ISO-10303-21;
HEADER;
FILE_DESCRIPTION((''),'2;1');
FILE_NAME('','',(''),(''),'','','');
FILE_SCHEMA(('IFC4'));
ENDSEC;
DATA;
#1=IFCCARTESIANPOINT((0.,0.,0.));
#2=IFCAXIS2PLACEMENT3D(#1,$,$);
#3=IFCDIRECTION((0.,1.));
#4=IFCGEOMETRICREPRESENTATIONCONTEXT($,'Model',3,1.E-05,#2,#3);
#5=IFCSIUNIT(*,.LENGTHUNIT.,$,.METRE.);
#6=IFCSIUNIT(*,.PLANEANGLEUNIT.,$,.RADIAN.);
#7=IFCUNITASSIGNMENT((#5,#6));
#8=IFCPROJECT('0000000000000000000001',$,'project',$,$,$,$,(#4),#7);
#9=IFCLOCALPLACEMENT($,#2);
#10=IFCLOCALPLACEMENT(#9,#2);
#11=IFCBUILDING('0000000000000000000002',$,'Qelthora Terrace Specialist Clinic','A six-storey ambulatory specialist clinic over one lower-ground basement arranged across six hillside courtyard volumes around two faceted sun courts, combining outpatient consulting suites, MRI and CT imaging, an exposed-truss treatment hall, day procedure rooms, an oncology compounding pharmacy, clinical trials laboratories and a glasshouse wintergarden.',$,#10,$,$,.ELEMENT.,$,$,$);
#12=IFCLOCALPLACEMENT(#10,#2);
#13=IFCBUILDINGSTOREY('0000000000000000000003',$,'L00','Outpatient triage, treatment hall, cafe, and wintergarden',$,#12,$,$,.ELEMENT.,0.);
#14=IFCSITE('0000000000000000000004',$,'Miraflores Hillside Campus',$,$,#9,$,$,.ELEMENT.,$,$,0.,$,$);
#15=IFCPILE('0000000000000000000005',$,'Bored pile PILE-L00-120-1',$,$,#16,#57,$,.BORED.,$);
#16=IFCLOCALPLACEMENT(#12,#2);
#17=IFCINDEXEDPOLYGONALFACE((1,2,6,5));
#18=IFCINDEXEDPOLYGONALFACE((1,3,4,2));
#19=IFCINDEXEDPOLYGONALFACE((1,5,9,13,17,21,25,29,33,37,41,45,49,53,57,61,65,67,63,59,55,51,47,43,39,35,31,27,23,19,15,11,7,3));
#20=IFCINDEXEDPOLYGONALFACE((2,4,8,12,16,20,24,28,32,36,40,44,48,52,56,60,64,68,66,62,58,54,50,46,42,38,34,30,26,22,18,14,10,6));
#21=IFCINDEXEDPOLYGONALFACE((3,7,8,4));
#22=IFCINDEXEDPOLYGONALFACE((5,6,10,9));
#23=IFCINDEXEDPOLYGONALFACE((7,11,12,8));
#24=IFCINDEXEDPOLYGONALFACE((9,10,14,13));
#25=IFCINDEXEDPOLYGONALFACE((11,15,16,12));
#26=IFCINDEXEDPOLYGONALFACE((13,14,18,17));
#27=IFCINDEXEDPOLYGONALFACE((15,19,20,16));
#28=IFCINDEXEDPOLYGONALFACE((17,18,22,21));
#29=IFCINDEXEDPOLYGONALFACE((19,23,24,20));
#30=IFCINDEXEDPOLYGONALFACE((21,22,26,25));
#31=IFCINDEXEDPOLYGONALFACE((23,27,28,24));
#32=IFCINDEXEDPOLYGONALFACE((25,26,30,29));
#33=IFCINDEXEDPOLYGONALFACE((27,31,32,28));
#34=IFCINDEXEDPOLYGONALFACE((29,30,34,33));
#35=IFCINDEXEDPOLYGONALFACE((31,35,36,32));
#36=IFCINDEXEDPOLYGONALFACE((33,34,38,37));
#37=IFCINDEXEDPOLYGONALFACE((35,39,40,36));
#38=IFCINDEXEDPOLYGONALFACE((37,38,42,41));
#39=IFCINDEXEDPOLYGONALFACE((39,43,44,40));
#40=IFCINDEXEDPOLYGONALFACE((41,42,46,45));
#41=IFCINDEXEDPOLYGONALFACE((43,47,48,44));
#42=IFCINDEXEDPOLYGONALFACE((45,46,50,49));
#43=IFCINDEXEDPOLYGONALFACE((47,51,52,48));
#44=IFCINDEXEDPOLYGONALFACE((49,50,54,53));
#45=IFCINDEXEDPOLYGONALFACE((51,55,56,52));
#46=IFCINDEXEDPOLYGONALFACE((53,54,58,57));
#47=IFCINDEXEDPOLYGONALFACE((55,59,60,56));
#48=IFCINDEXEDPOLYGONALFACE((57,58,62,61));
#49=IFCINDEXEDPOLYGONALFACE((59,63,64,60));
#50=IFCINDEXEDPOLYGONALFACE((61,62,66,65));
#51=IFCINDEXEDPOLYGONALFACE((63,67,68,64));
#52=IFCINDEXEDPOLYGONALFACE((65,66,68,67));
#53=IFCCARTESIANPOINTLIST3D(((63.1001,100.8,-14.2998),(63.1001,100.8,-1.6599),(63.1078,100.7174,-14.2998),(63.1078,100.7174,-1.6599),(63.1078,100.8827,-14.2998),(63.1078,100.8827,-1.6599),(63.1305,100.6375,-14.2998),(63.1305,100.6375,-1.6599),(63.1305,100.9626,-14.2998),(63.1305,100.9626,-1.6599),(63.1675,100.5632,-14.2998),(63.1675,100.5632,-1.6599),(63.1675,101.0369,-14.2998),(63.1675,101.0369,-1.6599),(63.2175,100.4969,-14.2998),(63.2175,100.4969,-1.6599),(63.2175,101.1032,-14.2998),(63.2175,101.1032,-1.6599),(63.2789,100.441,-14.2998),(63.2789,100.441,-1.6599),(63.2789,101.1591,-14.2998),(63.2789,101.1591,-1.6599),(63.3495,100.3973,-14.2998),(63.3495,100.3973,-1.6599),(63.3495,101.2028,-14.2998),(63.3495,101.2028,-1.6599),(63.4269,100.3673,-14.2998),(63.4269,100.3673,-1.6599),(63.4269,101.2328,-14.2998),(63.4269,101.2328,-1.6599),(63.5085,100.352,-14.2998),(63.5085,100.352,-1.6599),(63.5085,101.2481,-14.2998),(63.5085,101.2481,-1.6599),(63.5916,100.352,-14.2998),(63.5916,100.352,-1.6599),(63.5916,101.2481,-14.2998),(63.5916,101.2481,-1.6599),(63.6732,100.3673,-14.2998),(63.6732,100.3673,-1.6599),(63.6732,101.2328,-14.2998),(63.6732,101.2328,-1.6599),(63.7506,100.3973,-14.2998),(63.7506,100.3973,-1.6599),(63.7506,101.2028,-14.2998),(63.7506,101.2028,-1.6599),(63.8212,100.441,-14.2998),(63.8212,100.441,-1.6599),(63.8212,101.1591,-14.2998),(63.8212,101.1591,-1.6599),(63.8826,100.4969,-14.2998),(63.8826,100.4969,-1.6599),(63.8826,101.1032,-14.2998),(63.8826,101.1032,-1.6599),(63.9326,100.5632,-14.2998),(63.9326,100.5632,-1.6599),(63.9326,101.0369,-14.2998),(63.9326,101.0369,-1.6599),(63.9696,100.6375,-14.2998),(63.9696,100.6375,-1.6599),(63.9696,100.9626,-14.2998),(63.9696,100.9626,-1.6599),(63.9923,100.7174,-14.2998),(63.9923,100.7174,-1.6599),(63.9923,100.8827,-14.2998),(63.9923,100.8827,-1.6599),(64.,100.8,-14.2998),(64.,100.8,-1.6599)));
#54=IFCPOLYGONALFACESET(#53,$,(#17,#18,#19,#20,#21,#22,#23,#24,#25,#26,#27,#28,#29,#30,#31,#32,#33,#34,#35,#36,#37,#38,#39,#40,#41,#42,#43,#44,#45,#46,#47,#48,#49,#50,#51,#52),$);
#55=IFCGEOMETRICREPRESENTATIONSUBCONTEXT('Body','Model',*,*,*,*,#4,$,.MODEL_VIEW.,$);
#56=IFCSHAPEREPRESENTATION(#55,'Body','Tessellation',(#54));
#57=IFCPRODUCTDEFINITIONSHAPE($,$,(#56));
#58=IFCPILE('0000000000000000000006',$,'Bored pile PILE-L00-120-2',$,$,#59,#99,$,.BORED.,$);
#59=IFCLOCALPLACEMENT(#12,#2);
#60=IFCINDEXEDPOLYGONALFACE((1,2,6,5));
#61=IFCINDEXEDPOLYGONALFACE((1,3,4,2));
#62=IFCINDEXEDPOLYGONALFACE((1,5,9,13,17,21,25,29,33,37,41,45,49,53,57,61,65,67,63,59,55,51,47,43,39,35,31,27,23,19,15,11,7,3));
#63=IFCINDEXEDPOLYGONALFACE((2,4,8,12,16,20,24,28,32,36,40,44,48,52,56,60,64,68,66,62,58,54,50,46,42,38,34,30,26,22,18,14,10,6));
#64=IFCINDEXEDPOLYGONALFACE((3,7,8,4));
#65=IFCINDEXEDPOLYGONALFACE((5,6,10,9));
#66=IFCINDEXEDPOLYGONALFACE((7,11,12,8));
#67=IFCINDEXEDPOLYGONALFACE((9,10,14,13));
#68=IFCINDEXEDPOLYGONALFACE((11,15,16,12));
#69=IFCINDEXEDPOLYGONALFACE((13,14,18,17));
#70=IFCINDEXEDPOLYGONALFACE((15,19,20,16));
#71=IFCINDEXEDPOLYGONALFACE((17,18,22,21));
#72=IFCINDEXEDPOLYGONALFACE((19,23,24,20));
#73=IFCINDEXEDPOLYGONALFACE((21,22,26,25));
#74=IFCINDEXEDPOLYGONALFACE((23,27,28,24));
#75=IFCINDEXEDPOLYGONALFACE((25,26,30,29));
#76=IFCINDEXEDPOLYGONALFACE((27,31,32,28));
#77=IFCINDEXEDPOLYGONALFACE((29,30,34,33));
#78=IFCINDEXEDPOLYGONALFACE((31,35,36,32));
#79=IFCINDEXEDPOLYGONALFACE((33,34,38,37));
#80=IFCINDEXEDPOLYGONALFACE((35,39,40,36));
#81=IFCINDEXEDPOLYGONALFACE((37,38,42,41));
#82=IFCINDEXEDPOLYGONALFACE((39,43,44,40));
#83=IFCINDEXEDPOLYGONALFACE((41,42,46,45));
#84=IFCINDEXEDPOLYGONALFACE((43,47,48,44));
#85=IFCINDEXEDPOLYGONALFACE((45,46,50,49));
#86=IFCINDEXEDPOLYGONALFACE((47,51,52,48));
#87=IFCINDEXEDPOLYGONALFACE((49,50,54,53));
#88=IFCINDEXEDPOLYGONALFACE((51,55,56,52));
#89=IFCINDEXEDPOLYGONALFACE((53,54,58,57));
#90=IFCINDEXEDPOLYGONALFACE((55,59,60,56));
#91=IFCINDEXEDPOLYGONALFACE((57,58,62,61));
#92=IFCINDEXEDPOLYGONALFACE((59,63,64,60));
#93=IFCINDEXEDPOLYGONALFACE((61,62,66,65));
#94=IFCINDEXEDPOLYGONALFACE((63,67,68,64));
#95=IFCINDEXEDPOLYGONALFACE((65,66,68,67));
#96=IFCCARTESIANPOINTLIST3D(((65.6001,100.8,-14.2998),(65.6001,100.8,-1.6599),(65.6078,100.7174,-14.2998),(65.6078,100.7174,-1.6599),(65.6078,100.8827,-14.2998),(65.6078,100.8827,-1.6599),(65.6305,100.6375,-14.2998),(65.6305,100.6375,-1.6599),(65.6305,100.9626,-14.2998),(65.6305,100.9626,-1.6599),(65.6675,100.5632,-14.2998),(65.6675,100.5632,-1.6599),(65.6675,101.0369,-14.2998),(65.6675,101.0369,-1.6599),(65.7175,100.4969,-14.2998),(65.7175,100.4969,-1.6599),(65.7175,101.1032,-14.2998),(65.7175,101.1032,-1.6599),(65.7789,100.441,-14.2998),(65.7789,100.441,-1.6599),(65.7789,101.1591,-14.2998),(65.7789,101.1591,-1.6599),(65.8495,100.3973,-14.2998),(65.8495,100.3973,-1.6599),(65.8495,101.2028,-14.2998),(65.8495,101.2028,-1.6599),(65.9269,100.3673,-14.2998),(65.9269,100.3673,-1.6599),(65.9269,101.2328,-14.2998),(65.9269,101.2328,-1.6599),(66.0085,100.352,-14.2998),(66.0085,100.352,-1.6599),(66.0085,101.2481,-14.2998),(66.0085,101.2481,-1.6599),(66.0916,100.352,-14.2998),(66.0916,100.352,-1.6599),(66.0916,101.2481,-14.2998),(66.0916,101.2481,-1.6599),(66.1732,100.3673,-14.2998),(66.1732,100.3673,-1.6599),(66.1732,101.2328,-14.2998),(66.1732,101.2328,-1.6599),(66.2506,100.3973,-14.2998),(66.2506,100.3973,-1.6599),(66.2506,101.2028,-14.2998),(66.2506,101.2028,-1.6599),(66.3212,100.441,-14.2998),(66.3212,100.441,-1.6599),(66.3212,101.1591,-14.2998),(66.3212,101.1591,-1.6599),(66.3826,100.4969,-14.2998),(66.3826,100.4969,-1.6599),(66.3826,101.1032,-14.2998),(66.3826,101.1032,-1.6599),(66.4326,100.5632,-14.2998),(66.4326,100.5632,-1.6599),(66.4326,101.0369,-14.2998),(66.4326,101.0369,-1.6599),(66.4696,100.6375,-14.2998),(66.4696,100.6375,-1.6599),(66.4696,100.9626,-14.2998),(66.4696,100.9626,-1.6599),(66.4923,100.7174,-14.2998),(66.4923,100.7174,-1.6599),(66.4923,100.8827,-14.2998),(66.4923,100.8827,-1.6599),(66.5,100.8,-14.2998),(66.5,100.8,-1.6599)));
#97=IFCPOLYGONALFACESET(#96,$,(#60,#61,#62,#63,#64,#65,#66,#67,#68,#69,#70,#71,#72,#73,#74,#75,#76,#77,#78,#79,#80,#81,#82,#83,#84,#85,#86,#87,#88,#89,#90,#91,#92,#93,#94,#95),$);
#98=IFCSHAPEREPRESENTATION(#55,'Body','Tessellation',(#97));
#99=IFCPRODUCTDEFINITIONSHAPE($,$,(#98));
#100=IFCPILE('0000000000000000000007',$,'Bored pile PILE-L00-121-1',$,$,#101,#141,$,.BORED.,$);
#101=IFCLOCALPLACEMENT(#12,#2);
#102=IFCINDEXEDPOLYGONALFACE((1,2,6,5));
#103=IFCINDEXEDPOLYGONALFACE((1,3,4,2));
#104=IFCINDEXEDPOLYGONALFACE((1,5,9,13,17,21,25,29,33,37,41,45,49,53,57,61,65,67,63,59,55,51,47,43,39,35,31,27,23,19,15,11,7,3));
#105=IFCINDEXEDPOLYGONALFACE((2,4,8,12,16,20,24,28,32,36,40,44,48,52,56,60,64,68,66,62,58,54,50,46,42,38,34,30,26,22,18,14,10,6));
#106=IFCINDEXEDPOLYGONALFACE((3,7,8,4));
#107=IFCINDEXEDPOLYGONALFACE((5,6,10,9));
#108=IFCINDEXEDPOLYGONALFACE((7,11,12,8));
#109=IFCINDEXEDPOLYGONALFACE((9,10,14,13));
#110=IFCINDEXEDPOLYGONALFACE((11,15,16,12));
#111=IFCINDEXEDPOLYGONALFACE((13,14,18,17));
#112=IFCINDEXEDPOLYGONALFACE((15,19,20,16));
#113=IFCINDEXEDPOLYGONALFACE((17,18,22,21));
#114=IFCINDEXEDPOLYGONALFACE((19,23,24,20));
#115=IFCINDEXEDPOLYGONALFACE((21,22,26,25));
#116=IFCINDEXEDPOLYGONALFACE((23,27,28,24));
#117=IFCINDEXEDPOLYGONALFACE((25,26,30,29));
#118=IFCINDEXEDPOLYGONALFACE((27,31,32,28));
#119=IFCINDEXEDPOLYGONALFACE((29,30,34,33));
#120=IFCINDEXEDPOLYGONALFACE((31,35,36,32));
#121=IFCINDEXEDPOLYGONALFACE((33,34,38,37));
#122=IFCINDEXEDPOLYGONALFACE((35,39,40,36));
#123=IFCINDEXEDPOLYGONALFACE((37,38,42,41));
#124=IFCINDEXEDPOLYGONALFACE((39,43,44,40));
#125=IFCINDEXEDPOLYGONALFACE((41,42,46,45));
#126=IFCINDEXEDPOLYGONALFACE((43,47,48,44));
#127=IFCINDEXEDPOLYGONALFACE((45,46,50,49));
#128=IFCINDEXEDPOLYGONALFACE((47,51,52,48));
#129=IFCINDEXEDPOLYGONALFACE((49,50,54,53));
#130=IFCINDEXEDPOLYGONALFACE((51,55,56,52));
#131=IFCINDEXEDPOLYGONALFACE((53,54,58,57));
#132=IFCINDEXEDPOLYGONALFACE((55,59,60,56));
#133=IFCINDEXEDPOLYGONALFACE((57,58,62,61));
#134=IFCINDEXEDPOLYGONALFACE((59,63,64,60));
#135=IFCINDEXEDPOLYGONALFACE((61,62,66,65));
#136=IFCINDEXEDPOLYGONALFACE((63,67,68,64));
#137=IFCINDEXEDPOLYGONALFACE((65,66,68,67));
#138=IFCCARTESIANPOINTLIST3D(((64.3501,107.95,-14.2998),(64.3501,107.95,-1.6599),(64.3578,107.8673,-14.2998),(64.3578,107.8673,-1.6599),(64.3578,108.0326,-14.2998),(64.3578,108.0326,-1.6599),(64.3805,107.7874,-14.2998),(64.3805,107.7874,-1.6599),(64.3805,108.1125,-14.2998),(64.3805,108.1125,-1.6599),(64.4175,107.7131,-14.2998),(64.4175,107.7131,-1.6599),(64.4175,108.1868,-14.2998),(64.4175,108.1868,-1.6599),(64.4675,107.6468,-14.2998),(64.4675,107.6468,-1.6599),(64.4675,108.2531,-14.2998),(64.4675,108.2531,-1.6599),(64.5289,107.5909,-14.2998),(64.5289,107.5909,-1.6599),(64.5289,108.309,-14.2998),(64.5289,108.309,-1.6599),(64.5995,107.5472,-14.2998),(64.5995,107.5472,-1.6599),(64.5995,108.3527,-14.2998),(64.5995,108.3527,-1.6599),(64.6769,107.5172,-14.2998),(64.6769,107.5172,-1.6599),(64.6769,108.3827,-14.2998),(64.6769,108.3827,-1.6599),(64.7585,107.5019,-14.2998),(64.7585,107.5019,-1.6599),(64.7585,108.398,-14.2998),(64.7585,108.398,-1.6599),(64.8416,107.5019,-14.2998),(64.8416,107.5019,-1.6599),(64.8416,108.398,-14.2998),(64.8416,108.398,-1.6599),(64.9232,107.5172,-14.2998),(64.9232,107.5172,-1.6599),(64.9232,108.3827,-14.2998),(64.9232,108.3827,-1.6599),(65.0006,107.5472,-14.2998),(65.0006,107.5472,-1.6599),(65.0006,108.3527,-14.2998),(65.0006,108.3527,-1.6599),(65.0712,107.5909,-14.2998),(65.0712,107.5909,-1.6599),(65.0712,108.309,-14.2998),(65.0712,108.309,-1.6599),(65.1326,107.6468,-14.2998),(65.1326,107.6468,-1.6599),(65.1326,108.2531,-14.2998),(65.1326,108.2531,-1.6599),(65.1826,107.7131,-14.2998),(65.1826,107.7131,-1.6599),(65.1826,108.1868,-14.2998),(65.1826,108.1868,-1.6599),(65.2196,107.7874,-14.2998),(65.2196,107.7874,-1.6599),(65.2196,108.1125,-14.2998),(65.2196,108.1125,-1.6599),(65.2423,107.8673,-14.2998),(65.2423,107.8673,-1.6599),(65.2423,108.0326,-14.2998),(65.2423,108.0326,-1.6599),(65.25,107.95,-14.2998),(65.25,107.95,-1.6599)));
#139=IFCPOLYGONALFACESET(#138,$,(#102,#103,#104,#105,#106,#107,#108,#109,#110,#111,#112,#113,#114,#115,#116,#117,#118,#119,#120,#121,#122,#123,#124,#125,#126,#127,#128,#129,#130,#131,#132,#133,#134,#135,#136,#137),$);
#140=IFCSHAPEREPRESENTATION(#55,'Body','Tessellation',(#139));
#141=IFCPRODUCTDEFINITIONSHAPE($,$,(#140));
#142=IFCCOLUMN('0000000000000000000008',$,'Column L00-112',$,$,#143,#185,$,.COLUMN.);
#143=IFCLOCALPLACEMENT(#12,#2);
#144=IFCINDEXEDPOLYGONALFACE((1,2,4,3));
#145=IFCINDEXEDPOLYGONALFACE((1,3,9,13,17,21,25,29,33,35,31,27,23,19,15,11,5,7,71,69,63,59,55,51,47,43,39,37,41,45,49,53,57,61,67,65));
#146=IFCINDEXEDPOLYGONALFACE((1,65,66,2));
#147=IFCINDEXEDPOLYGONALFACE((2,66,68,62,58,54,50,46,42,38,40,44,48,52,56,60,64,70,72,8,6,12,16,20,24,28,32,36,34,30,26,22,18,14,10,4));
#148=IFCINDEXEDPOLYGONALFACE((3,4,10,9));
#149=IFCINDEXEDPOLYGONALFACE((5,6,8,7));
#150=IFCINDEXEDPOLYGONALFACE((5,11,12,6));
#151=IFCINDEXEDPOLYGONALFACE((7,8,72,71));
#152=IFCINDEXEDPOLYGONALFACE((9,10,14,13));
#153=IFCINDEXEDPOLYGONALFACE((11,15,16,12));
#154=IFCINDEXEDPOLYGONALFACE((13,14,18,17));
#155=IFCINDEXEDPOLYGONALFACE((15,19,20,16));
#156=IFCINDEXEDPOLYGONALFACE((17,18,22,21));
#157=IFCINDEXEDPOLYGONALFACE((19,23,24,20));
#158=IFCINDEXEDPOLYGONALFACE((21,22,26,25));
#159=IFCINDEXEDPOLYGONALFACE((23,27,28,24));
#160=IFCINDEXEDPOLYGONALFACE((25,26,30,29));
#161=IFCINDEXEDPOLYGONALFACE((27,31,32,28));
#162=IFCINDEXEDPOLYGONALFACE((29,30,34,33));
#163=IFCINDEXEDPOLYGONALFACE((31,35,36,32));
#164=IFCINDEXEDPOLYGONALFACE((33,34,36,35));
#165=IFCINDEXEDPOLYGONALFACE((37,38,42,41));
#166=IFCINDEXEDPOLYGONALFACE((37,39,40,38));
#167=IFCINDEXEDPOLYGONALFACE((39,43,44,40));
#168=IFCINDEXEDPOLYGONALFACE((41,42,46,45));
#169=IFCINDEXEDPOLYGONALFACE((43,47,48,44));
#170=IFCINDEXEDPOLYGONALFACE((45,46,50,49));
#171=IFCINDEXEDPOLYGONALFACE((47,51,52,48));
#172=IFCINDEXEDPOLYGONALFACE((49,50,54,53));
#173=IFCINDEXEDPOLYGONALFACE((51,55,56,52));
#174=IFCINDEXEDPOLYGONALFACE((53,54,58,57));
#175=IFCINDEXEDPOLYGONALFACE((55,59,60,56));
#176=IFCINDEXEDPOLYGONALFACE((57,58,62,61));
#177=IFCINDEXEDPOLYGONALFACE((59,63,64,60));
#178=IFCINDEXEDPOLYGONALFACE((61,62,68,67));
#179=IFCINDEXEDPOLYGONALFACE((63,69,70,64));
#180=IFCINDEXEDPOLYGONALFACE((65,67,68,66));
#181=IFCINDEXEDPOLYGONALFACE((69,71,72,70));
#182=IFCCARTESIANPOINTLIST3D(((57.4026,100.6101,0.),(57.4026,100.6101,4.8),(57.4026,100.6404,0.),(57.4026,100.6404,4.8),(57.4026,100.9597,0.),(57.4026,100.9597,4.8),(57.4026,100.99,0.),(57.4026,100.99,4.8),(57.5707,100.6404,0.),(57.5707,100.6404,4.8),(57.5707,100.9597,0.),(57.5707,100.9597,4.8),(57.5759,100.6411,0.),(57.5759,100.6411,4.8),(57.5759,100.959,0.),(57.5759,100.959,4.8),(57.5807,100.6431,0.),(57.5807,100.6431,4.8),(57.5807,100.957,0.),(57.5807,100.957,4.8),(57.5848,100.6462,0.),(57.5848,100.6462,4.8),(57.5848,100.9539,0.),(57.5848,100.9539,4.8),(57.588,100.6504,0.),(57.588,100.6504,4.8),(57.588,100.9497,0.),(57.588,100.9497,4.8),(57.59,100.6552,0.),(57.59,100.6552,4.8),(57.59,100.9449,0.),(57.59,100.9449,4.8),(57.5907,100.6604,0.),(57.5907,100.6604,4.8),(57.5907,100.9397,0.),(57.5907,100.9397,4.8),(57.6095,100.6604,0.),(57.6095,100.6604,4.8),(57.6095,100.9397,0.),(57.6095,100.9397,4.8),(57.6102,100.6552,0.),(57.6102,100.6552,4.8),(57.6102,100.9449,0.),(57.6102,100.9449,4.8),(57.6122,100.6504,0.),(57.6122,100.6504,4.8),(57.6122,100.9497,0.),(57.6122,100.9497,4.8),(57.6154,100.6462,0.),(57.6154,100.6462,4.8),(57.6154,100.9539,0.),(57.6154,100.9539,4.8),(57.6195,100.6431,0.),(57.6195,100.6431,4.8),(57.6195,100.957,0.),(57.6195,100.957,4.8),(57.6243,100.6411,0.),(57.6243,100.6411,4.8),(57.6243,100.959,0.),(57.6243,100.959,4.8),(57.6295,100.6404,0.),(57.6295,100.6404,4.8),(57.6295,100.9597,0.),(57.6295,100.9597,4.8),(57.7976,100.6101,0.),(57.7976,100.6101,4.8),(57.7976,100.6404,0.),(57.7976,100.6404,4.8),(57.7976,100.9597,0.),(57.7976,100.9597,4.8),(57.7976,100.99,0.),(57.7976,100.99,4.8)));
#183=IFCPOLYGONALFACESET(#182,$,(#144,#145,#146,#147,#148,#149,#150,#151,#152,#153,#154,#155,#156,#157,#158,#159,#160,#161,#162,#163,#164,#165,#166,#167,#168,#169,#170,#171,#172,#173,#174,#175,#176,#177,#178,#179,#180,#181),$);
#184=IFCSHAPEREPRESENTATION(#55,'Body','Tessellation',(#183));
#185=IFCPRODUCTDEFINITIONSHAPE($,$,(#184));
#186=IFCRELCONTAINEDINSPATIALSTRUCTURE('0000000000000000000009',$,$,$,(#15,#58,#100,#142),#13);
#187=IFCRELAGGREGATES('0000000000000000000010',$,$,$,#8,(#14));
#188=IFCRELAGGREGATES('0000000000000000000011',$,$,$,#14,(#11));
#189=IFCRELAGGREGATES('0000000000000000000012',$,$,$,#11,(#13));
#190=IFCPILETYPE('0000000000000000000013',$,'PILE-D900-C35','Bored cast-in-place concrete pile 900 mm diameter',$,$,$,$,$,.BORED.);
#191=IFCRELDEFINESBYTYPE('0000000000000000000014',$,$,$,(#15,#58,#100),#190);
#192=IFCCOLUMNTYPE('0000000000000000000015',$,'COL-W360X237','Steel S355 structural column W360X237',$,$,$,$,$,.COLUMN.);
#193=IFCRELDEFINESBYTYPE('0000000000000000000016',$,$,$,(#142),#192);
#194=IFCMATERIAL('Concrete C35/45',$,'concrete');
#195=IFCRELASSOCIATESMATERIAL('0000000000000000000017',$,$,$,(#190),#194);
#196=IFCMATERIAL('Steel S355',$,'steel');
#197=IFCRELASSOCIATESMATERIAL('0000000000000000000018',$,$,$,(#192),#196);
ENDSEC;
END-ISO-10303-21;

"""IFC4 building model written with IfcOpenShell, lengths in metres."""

from ifc_helpers import new_model, si_unit, direction, frame, origin, origin_2d, place, context, subcontext, project, spatial, circle, i_section, extrude, material, material_profile, profile_set, type_object, element, save


model = new_model("IFC4")

# Units and contexts
model_context = context("Model", 3, precision=1e-05, world=origin(), true_north=direction((0.0, 1.0)))
body_context = subcontext(model_context, "Body", "Model", "MODEL_VIEW")
ifc_project = project(units=[si_unit("LENGTHUNIT", "METRE"), si_unit("PLANEANGLEUNIT", "RADIAN")], contexts=[model_context])

# Site, building, storey
site_placement = place(None, origin())
site = spatial("IfcSite", under=ifc_project, at=site_placement, Name="Miraflores Hillside Campus", CompositionType="ELEMENT", RefElevation=0.0)
building_placement = place(site_placement, origin())
building = spatial("IfcBuilding", under=site, at=building_placement, Name="Qelthora Terrace Specialist Clinic", Description="A six-storey ambulatory specialist clinic over one lower-ground basement arranged across six hillside courtyard volumes around two faceted sun courts, combining outpatient consulting suites, MRI and CT imaging, an exposed-truss treatment hall, day procedure rooms, an oncology compounding pharmacy, clinical trials laboratories and a glasshouse wintergarden.", CompositionType="ELEMENT")
storey_placement = place(building_placement, origin())
storey = spatial("IfcBuildingStorey", under=building, at=storey_placement, Name="L00", Description="Outpatient triage, treatment hall, cafe, and wintergarden", CompositionType="ELEMENT", Elevation=0.0)

# Shared definitions
ifc_material_1 = material(Name="Concrete C35/45", Category="concrete")

# Piles
ifc_material_profile_1 = material_profile(ifc_material_1, circle(Radius=0.45, at=origin_2d()), Name="PILE900")
ifc_profile_set_1 = profile_set([ifc_material_profile_1], Name="Concrete C35/45")
pile_type_1 = type_object("IfcPileType", Name="PILE-D900-C35", Description="Bored cast-in-place concrete pile 900 mm diameter", PredefinedType="BORED", material=ifc_profile_set_1)
for number, where, z_axis, x_axis, name in (
    (1, (63.55, 100.8, -1.6599), (0.0, 0.0, -1.0), (1.0, 0.0, 0.0), "Bored pile PILE-L00-120-1"),
    (2, (66.05, 100.8, -1.6599), (0.0, 0.0, -1.0), (1.0, 0.0, 0.0), "Bored pile PILE-L00-120-2"),
    (3, (64.8, 107.95, -1.6599), (0.0, 0.0, -1.0), (1.0, 0.0, 0.0), "Bored pile PILE-L00-121-1"),
):
    element("IfcPile", number, at=place(storey_placement, frame(where, z_axis=z_axis, x_axis=x_axis)), inside=storey, type_object=pile_type_1, Name=name, PredefinedType="BORED", context=body_context, shape_type="SweptSolid", body=[
        extrude(circle(Radius=0.45, at=origin_2d()), origin(), (0.0, 0.0, 1.0), 12.6399),
    ])

# Column
ifc_material_2 = material(Name="Steel S355", Category="steel")
ifc_material_profile_2 = material_profile(ifc_material_2, i_section(OverallWidth=0.395, OverallDepth=0.3799, WebThickness=0.0188, FlangeThickness=0.0303, FilletRadius=0.02, at=origin_2d()), Name="W360X237")
ifc_profile_set_2 = profile_set([ifc_material_profile_2], Name="Steel S355")
column_type = type_object("IfcColumnType", Name="COL-W360X237", Description="Steel S355 structural column W360X237", PredefinedType="COLUMN", material=ifc_profile_set_2)
for number, where, z_axis, x_axis, name in (
    (4, (57.6001, 100.8, 0.0), (0.0, 0.0, 1.0), (1.0, 0.0, 0.0), "Column L00-112"),
):
    element("IfcColumn", number, at=place(storey_placement, frame(where, z_axis=z_axis, x_axis=x_axis)), inside=storey, type_object=column_type, Name=name, PredefinedType="COLUMN", context=body_context, shape_type="SweptSolid", body=[
        extrude(i_section(OverallWidth=0.395, OverallDepth=0.3799, WebThickness=0.0188, FlangeThickness=0.0303, FilletRadius=0.02, at=origin_2d()), origin(), (0.0, 0.0, 1.0), 4.8),
    ])

save(model, "model.ifc")
